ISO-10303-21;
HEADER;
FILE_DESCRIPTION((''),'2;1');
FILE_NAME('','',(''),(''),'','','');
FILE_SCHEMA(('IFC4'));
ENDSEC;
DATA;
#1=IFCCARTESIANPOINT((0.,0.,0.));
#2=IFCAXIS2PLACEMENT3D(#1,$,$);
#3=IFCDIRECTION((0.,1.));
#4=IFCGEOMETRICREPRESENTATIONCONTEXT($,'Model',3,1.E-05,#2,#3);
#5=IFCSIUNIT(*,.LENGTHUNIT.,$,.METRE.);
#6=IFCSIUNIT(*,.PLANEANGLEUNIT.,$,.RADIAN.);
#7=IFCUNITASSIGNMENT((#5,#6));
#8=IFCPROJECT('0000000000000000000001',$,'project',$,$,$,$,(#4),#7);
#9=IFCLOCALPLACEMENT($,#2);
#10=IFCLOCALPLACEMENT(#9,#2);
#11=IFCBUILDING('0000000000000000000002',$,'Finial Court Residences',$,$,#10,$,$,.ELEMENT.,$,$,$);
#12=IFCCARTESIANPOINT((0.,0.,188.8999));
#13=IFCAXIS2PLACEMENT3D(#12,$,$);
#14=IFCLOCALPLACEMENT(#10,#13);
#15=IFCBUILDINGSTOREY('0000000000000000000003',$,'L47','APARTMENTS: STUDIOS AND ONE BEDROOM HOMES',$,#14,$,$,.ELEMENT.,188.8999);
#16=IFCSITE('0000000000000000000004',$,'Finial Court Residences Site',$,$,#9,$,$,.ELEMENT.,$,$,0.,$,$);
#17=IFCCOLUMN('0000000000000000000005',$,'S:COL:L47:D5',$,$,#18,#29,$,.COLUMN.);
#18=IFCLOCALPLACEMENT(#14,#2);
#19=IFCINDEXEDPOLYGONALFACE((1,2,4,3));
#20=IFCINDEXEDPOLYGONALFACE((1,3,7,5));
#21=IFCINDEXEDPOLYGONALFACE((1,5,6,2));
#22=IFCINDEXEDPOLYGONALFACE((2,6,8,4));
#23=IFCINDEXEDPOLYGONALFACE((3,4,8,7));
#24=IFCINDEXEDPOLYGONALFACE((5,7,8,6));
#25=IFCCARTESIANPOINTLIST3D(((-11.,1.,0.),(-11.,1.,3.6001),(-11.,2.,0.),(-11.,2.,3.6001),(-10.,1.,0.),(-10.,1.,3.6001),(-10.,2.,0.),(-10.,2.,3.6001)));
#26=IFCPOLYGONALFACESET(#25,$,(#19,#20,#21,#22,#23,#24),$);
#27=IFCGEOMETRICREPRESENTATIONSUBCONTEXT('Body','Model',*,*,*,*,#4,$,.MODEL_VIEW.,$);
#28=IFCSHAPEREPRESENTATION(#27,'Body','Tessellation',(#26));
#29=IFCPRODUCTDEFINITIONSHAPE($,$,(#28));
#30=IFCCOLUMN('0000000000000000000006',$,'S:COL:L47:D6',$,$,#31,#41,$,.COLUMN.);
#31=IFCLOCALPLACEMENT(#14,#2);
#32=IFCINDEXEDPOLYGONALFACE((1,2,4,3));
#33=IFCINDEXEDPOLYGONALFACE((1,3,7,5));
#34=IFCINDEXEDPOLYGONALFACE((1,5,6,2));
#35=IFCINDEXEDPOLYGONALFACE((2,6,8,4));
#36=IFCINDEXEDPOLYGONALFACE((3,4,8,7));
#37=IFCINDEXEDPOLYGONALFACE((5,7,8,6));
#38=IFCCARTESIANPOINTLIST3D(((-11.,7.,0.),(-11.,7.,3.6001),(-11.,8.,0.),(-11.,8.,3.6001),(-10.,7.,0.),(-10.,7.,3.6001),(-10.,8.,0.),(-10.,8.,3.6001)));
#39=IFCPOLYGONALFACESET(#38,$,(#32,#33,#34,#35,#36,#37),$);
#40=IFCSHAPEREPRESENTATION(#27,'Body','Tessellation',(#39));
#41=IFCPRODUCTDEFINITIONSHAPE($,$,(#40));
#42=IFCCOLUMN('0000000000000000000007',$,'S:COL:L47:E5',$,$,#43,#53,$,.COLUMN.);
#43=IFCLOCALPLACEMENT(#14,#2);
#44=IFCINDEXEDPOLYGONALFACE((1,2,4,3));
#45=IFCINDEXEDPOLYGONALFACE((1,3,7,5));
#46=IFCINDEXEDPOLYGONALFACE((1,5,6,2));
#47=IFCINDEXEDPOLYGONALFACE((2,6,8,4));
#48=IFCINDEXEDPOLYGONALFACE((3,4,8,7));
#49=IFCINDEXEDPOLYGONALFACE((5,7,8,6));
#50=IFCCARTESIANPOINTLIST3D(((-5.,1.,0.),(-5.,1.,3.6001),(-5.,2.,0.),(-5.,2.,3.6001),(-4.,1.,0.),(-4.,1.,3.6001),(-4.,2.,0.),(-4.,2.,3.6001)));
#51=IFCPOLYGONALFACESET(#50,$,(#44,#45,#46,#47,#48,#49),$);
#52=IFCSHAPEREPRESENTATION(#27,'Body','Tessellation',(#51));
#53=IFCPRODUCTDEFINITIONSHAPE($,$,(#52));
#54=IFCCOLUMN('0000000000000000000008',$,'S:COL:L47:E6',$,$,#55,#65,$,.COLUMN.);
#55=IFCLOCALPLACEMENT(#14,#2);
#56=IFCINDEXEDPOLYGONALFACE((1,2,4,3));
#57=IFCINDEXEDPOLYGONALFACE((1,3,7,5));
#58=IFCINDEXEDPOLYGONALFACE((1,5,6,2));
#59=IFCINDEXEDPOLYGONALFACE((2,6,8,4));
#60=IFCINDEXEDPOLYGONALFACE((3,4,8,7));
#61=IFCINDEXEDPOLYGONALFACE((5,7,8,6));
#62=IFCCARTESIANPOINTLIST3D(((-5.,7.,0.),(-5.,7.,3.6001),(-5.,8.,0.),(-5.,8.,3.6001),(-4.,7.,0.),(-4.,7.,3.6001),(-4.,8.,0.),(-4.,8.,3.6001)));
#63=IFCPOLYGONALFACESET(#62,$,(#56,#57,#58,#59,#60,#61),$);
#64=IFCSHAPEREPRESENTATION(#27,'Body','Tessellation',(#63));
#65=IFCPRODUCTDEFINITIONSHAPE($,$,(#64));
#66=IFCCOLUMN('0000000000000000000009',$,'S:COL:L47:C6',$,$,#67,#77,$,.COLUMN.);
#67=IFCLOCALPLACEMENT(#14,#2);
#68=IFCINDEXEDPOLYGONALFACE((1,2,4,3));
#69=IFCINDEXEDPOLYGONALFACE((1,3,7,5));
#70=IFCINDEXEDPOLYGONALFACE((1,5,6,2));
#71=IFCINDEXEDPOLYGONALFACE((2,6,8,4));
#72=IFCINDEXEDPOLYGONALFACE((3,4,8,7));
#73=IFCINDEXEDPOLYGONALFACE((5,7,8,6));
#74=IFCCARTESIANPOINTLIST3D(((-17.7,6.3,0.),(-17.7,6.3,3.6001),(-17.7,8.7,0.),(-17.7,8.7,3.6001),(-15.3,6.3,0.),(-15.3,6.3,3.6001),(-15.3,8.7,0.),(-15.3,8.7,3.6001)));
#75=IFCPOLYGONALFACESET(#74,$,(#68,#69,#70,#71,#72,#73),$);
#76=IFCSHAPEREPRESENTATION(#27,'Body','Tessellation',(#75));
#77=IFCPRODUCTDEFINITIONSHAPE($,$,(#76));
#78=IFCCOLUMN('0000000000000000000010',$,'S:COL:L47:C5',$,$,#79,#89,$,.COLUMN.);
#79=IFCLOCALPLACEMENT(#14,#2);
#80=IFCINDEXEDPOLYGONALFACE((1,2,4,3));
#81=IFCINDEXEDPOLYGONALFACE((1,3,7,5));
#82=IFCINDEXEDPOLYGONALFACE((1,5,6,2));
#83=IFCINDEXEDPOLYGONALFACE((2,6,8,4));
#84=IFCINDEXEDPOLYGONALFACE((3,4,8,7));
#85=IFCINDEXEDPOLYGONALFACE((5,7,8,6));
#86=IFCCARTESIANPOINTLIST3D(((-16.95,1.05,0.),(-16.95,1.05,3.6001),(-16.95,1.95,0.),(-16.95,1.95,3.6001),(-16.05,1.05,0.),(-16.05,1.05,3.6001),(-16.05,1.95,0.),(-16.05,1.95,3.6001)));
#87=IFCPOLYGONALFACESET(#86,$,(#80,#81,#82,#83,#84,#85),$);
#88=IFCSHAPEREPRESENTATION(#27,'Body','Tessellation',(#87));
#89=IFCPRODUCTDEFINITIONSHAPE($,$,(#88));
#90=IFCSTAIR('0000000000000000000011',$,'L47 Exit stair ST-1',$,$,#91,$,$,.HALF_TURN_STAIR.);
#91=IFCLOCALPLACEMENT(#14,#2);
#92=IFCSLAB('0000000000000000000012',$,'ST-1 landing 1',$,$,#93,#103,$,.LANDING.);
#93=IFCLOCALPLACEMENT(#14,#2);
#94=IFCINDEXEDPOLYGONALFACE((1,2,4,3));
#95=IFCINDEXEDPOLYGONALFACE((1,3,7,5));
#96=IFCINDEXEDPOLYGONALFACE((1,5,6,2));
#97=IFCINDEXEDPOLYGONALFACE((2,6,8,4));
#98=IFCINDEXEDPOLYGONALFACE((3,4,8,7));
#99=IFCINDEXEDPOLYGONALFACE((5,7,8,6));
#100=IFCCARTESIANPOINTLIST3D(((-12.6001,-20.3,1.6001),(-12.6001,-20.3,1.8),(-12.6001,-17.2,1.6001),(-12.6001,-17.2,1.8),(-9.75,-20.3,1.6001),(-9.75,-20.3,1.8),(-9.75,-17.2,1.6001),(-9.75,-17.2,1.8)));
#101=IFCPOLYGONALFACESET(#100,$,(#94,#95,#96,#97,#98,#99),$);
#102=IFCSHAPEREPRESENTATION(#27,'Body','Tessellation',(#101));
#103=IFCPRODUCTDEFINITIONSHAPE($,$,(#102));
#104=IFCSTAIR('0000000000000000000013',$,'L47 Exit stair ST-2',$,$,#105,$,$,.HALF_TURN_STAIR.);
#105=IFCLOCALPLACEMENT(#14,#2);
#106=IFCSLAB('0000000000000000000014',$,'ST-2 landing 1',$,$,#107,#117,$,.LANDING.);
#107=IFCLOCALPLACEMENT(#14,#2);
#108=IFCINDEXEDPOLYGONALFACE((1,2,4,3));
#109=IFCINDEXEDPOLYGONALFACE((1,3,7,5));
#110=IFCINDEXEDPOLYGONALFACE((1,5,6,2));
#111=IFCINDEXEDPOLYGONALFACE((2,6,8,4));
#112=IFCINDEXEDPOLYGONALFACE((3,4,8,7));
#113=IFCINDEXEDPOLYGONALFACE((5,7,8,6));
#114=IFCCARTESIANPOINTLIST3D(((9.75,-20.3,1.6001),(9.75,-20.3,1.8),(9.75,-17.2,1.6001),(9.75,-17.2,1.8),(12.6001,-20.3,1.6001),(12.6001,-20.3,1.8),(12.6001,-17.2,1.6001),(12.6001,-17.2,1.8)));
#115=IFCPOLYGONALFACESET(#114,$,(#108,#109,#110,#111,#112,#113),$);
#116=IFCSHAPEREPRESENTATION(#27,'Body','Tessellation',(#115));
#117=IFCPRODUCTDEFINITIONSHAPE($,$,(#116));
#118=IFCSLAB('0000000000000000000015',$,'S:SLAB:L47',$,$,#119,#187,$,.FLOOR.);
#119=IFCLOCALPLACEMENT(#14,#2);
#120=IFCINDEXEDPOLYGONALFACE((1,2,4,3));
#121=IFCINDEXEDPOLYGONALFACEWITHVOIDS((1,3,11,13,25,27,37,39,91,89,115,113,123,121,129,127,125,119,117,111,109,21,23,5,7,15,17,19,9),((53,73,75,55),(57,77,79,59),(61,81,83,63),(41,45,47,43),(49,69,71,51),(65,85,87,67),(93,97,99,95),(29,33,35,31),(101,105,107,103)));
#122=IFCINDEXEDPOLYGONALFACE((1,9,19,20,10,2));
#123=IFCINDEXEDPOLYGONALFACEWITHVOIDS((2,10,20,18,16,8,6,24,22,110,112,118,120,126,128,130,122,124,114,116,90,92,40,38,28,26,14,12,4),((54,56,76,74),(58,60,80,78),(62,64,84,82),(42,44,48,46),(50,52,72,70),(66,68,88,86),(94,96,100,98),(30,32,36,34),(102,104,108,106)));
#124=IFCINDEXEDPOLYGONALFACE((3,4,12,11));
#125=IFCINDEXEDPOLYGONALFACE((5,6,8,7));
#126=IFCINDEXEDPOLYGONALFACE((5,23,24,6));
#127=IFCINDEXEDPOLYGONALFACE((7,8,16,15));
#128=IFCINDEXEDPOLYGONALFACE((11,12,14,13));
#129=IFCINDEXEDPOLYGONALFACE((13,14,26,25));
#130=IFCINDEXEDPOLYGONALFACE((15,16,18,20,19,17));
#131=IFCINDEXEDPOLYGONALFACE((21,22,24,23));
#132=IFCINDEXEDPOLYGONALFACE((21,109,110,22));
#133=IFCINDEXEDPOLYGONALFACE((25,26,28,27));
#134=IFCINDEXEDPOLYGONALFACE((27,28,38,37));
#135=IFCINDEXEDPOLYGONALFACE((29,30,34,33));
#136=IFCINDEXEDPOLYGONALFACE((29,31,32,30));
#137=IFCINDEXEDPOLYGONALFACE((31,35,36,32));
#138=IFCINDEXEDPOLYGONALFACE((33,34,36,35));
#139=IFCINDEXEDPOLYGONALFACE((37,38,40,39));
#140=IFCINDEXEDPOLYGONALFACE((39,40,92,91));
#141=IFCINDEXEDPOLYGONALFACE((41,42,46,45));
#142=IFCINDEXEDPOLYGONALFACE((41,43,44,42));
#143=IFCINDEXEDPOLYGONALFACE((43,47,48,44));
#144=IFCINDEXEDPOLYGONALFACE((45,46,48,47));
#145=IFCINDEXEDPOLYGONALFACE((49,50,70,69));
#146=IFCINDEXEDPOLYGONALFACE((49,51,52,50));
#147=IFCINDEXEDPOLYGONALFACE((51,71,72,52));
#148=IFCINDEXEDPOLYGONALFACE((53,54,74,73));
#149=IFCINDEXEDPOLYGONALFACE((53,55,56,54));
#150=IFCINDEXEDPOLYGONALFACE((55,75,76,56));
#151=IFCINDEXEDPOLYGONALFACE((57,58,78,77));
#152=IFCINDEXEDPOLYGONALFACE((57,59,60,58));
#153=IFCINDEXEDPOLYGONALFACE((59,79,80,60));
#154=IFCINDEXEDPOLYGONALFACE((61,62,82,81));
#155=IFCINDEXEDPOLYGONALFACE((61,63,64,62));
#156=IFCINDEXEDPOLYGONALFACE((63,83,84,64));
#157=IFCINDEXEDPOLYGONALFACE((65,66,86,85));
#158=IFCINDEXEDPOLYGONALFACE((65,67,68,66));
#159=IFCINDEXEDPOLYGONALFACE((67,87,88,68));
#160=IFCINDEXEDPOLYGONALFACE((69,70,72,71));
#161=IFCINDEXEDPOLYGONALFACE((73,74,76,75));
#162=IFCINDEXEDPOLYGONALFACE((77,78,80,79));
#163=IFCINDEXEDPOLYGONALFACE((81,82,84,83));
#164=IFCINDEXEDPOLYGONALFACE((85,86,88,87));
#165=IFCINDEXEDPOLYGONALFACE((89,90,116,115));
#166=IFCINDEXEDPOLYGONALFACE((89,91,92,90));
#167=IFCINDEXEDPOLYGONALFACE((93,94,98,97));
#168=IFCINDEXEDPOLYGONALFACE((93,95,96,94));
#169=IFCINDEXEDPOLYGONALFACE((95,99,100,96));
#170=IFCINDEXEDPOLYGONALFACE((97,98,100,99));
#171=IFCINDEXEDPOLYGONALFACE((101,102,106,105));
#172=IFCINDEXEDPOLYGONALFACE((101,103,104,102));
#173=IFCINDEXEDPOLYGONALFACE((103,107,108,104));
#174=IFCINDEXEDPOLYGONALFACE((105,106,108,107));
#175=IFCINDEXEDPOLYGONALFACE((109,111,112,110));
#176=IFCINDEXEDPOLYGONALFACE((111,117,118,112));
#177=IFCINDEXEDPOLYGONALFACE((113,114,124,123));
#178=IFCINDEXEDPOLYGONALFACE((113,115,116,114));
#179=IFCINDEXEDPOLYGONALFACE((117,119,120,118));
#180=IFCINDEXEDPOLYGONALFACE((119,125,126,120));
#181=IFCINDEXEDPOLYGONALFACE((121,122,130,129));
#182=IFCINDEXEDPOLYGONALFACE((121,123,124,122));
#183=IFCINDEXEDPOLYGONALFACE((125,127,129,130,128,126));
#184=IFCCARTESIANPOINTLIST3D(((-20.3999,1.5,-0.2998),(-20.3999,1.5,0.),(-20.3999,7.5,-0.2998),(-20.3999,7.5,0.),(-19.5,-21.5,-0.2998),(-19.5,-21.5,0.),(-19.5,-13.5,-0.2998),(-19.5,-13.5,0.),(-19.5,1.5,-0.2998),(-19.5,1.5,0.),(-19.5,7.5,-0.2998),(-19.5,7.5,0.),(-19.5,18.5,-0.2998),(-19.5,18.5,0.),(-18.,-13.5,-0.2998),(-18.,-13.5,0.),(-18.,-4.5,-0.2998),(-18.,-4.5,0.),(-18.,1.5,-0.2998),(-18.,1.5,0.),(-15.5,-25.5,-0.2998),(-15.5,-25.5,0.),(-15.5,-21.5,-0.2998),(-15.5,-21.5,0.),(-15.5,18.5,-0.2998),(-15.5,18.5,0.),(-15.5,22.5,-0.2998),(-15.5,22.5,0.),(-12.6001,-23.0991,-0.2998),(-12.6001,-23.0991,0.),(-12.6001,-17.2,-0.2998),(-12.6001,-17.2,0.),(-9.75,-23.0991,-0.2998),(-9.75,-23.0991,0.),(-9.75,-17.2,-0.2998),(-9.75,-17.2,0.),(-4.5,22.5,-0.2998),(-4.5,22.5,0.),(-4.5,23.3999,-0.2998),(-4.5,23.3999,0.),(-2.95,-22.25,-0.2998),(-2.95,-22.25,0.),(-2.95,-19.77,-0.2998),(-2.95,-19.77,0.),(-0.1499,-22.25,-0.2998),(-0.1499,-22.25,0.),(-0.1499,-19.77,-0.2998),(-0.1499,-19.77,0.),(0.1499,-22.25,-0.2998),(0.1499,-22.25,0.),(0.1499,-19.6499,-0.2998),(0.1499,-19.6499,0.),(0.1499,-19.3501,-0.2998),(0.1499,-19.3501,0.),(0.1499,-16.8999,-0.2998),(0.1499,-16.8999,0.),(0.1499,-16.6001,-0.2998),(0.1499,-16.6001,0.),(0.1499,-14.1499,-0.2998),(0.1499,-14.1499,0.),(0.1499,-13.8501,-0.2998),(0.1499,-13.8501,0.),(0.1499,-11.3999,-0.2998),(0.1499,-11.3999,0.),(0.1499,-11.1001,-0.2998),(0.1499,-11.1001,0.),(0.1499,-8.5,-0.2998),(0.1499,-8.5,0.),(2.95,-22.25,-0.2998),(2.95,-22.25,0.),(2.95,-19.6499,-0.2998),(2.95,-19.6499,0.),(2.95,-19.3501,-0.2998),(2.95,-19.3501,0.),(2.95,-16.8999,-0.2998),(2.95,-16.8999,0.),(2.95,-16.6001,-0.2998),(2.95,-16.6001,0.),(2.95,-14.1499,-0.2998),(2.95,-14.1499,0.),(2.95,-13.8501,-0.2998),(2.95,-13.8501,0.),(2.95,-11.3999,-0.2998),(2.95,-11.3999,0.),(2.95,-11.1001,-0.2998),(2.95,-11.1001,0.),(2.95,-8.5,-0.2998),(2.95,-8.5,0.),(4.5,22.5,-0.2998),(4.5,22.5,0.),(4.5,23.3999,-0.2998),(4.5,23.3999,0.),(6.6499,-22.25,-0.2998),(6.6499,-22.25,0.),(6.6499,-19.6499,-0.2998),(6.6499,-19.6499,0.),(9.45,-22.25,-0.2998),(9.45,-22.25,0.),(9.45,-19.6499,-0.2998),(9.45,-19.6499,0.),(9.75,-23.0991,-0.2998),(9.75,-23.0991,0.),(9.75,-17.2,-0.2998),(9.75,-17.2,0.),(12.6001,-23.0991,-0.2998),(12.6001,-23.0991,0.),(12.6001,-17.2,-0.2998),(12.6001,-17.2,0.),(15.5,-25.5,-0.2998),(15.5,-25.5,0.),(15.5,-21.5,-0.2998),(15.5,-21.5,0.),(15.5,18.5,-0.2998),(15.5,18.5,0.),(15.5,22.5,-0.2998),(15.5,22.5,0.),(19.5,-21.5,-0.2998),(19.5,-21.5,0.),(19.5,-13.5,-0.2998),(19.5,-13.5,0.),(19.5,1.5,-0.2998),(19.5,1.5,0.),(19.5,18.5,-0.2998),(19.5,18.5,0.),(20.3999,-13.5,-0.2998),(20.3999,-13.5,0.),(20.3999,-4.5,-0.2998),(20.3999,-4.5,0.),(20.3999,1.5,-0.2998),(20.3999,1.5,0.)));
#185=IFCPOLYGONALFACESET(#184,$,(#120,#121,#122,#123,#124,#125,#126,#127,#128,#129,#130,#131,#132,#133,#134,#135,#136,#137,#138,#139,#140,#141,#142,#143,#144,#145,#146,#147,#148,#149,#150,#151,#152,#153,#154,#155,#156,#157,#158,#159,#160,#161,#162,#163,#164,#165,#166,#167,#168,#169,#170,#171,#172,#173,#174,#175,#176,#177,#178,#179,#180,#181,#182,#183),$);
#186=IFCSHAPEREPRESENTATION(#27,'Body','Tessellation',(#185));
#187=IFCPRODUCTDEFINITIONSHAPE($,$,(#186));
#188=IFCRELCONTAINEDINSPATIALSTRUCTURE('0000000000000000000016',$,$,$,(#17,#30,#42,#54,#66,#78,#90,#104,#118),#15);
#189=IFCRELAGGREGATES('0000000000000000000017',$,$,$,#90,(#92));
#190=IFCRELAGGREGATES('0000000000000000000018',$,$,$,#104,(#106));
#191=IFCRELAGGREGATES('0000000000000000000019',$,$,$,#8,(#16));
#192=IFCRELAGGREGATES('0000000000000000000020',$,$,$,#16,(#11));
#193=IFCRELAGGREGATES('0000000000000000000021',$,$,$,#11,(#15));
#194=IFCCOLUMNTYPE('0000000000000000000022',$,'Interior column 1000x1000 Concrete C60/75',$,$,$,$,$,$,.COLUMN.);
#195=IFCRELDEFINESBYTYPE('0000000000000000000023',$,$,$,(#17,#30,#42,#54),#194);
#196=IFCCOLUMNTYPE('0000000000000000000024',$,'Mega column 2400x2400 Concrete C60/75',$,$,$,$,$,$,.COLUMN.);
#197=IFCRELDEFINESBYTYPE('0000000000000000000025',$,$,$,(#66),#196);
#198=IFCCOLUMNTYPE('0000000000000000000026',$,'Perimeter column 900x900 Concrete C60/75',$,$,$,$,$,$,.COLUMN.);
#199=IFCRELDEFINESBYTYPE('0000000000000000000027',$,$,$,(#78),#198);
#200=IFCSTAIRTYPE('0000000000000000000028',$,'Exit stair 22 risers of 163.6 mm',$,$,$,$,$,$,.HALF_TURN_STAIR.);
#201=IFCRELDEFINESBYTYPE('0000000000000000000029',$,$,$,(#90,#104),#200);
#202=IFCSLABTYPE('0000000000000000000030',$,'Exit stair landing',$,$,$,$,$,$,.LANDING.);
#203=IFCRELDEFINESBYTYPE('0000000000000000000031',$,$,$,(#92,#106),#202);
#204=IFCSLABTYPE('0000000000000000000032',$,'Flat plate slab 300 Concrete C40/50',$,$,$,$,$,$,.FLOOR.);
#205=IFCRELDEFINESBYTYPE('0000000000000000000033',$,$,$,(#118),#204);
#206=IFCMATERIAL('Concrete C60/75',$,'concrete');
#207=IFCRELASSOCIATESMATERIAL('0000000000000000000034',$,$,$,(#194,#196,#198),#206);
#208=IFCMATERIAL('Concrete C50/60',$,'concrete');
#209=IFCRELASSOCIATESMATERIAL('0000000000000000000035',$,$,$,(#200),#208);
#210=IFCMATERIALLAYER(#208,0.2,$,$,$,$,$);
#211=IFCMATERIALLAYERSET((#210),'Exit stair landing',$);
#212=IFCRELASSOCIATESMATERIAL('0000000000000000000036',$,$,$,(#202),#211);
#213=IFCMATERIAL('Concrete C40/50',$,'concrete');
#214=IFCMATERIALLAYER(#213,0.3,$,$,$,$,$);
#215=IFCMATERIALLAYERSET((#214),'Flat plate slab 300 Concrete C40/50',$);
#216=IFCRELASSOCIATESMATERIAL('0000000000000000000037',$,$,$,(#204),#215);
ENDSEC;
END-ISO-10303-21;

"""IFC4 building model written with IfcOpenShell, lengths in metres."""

from ifc_helpers import new_model, si_unit, direction, frame, origin, origin_2d, place, context, subcontext, project, spatial, polyline, rectangle, outline, extrude, material, layer, layer_set, material_profile, profile_set, type_object, element, aggregate, save


model = new_model("IFC4")

# Units and contexts
model_context = context("Model", 3, precision=1e-05, world=origin(), true_north=direction((0.0, 1.0)))
body_context = subcontext(model_context, "Body", "Model", "MODEL_VIEW")
ifc_project = project(units=[si_unit("LENGTHUNIT", "METRE"), si_unit("PLANEANGLEUNIT", "RADIAN")], contexts=[model_context])

# Site, building, storey
site_placement = place(None, origin())
site = spatial("IfcSite", under=ifc_project, at=site_placement, Name="Finial Court Residences Site", CompositionType="ELEMENT", RefElevation=0.0)
building_placement = place(site_placement, origin())
building = spatial("IfcBuilding", under=site, at=building_placement, Name="Finial Court Residences", CompositionType="ELEMENT")
storey_placement = place(building_placement, frame((0.0, 0.0, 188.8999)))
storey = spatial("IfcBuildingStorey", under=building, at=storey_placement, Name="L47", Description="APARTMENTS: STUDIOS AND ONE BEDROOM HOMES", CompositionType="ELEMENT", Elevation=188.8999)

# Columns
ifc_material_1 = material(Name="Concrete C60/75", Category="concrete")
ifc_material_profile_1 = material_profile(ifc_material_1, rectangle(XDim=1.0, YDim=1.0, at=origin_2d()), Name="1000x1000")
ifc_profile_set_1 = profile_set([ifc_material_profile_1], Name="Concrete C60/75")
column_type_1 = type_object("IfcColumnType", Name="Interior column 1000x1000 Concrete C60/75", PredefinedType="COLUMN", material=ifc_profile_set_1)
for number, where, z_axis, x_axis, name in (
    (1, (-10.5, 1.5, 0.0), (0.0, 0.0, 1.0), (1.0, 0.0, 0.0), "S:COL:L47:D5"),
    (2, (-10.5, 7.5, 0.0), (0.0, 0.0, 1.0), (1.0, 0.0, 0.0), "S:COL:L47:D6"),
    (3, (-4.5, 1.5, 0.0), (0.0, 0.0, 1.0), (1.0, 0.0, 0.0), "S:COL:L47:E5"),
    (4, (-4.5, 7.5, 0.0), (0.0, 0.0, 1.0), (1.0, 0.0, 0.0), "S:COL:L47:E6"),
):
    element("IfcColumn", number, at=place(storey_placement, frame(where, z_axis=z_axis, x_axis=x_axis)), inside=storey, type_object=column_type_1, Name=name, PredefinedType="COLUMN", context=body_context, shape_type="SweptSolid", body=[
        extrude(rectangle(XDim=1.0, YDim=1.0, at=origin_2d()), origin(), (0.0, 0.0, 1.0), 3.6001),
    ])
ifc_material_profile_2 = material_profile(ifc_material_1, rectangle(XDim=2.3999, YDim=2.3999, at=origin_2d()), Name="2400x2400")
ifc_profile_set_2 = profile_set([ifc_material_profile_2], Name="Concrete C60/75")
column_type_2 = type_object("IfcColumnType", Name="Mega column 2400x2400 Concrete C60/75", PredefinedType="COLUMN", material=ifc_profile_set_2)
column_1_placement = place(storey_placement, frame((-16.5, 7.5, 0.0), z_axis=(0.0, 0.0, 1.0), x_axis=(1.0, 0.0, 0.0)))
element("IfcColumn", 5, at=column_1_placement, inside=storey, type_object=column_type_2, Name="S:COL:L47:C6", PredefinedType="COLUMN", context=body_context, shape_type="SweptSolid", body=[
    extrude(rectangle(XDim=2.3999, YDim=2.3999, at=origin_2d()), origin(), (0.0, 0.0, 1.0), 3.6001),
])
ifc_material_profile_3 = material_profile(ifc_material_1, rectangle(XDim=0.8999, YDim=0.8999, at=origin_2d()), Name="900x900")
ifc_profile_set_3 = profile_set([ifc_material_profile_3], Name="Concrete C60/75")
column_type_3 = type_object("IfcColumnType", Name="Perimeter column 900x900 Concrete C60/75", PredefinedType="COLUMN", material=ifc_profile_set_3)
column_2_placement = place(storey_placement, frame((-16.5, 1.5, 0.0), z_axis=(0.0, 0.0, 1.0), x_axis=(1.0, 0.0, 0.0)))
element("IfcColumn", 6, at=column_2_placement, inside=storey, type_object=column_type_3, Name="S:COL:L47:C5", PredefinedType="COLUMN", context=body_context, shape_type="SweptSolid", body=[
    extrude(rectangle(XDim=0.8999, YDim=0.8999, at=origin_2d()), origin(), (0.0, 0.0, 1.0), 3.6001),
])

# Stairs, slabs
ifc_material_2 = material(Name="Concrete C50/60", Category="concrete")
stair_type = type_object("IfcStairType", Name="Exit stair 22 risers of 163.6 mm", PredefinedType="HALF_TURN_STAIR", material=ifc_material_2)
stair_1_placement = place(storey_placement, origin())
stair_1 = element("IfcStair", 7, at=stair_1_placement, inside=storey, type_object=stair_type, Name="L47 Exit stair ST-1", PredefinedType="HALF_TURN_STAIR")
ifc_layer_1 = layer(ifc_material_2, 0.2)
ifc_layer_set_1 = layer_set([ifc_layer_1], Name="Exit stair landing")
slab_type_1 = type_object("IfcSlabType", Name="Exit stair landing", PredefinedType="LANDING", material=ifc_layer_set_1)
slab_1_placement = place(storey_placement, frame((0.0, 0.0, 1.6001)))
slab_1 = element("IfcSlab", 8, at=slab_1_placement, type_object=slab_type_1, Name="ST-1 landing 1", PredefinedType="LANDING", context=body_context, shape_type="SweptSolid", body=[
    extrude(outline(polyline([(-9.75, -20.3), (-9.75, -17.2), (-12.6001, -17.2), (-12.6001, -20.3), (-9.75, -20.3)])), origin(), (0.0, 0.0, 1.0), 0.2),
])
aggregate(stair_1, [slab_1])
stair_2_placement = place(storey_placement, origin())
stair_2 = element("IfcStair", 9, at=stair_2_placement, inside=storey, type_object=stair_type, Name="L47 Exit stair ST-2", PredefinedType="HALF_TURN_STAIR")
slab_2_placement = place(storey_placement, frame((0.0, 0.0, 1.6001)))
slab_2 = element("IfcSlab", 10, at=slab_2_placement, type_object=slab_type_1, Name="ST-2 landing 1", PredefinedType="LANDING", context=body_context, shape_type="SweptSolid", body=[
    extrude(outline(polyline([(12.6001, -20.3), (12.6001, -17.2), (9.75, -17.2), (9.75, -20.3), (12.6001, -20.3)])), origin(), (0.0, 0.0, 1.0), 0.2),
])
aggregate(stair_2, [slab_2])

# Slab
ifc_material_3 = material(Name="Concrete C40/50", Category="concrete")
ifc_layer_2 = layer(ifc_material_3, 0.3)
ifc_layer_set_2 = layer_set([ifc_layer_2], Name="Flat plate slab 300 Concrete C40/50")
slab_type_2 = type_object("IfcSlabType", Name="Flat plate slab 300 Concrete C40/50", PredefinedType="FLOOR", material=ifc_layer_set_2)
slab_3_placement = place(storey_placement, frame((0.0, 0.0, -0.2998)))
element("IfcSlab", 11, at=slab_3_placement, inside=storey, type_object=slab_type_2, Name="S:SLAB:L47", PredefinedType="FLOOR", context=body_context, shape_type="SweptSolid", body=[
    extrude(outline(polyline([(20.3999, 1.5), (20.3999, -4.5), (20.3999, -13.5), (19.5, -13.5), (19.5, -21.5), (15.5, -21.5), (15.5, -25.5), (-15.5, -25.5), (-15.5, -21.5), (-19.5, -21.5), (-19.5, -13.5), (-18.0, -13.5), (-18.0, -4.5), (-18.0, 1.5), (-19.5, 1.5), (-20.3999, 1.5), (-20.3999, 7.5), (-19.5, 7.5), (-19.5, 18.5), (-15.5, 18.5), (-15.5, 22.5), (-4.5, 22.5), (-4.5, 23.3999), (4.5, 23.3999), (4.5, 22.5), (15.5, 22.5), (15.5, 18.5), (19.5, 18.5), (19.5, 1.5), (20.3999, 1.5)]), holes=[polyline([(-0.1499, -19.77), (-2.95, -19.77), (-2.95, -22.25), (-0.1499, -22.25), (-0.1499, -19.77)]), polyline([(2.95, -19.6499), (0.1499, -19.6499), (0.1499, -22.25), (2.95, -22.25), (2.95, -19.6499)]), polyline([(9.45, -19.6499), (6.6499, -19.6499), (6.6499, -22.25), (9.45, -22.25), (9.45, -19.6499)]), polyline([(-12.6001, -17.2), (-12.6001, -23.0991), (-9.75, -23.0991), (-9.75, -17.2), (-12.6001, -17.2)]), polyline([(9.75, -17.2), (9.75, -23.0991), (12.6001, -23.0991), (12.6001, -17.2), (9.75, -17.2)]), polyline([(2.95, -16.8999), (0.1499, -16.8999), (0.1499, -19.3501), (2.95, -19.3501), (2.95, -16.8999)]), polyline([(2.95, -14.1499), (0.1499, -14.1499), (0.1499, -16.6001), (2.95, -16.6001), (2.95, -14.1499)]), polyline([(2.95, -13.8501), (2.95, -11.3999), (0.1499, -11.3999), (0.1499, -13.8501), (2.95, -13.8501)]), polyline([(2.95, -11.1001), (2.95, -8.5), (0.1499, -8.5), (0.1499, -11.1001), (2.95, -11.1001)])]), origin(), (0.0, 0.0, 1.0), 0.2998),
])

save(model, "model.ifc")
